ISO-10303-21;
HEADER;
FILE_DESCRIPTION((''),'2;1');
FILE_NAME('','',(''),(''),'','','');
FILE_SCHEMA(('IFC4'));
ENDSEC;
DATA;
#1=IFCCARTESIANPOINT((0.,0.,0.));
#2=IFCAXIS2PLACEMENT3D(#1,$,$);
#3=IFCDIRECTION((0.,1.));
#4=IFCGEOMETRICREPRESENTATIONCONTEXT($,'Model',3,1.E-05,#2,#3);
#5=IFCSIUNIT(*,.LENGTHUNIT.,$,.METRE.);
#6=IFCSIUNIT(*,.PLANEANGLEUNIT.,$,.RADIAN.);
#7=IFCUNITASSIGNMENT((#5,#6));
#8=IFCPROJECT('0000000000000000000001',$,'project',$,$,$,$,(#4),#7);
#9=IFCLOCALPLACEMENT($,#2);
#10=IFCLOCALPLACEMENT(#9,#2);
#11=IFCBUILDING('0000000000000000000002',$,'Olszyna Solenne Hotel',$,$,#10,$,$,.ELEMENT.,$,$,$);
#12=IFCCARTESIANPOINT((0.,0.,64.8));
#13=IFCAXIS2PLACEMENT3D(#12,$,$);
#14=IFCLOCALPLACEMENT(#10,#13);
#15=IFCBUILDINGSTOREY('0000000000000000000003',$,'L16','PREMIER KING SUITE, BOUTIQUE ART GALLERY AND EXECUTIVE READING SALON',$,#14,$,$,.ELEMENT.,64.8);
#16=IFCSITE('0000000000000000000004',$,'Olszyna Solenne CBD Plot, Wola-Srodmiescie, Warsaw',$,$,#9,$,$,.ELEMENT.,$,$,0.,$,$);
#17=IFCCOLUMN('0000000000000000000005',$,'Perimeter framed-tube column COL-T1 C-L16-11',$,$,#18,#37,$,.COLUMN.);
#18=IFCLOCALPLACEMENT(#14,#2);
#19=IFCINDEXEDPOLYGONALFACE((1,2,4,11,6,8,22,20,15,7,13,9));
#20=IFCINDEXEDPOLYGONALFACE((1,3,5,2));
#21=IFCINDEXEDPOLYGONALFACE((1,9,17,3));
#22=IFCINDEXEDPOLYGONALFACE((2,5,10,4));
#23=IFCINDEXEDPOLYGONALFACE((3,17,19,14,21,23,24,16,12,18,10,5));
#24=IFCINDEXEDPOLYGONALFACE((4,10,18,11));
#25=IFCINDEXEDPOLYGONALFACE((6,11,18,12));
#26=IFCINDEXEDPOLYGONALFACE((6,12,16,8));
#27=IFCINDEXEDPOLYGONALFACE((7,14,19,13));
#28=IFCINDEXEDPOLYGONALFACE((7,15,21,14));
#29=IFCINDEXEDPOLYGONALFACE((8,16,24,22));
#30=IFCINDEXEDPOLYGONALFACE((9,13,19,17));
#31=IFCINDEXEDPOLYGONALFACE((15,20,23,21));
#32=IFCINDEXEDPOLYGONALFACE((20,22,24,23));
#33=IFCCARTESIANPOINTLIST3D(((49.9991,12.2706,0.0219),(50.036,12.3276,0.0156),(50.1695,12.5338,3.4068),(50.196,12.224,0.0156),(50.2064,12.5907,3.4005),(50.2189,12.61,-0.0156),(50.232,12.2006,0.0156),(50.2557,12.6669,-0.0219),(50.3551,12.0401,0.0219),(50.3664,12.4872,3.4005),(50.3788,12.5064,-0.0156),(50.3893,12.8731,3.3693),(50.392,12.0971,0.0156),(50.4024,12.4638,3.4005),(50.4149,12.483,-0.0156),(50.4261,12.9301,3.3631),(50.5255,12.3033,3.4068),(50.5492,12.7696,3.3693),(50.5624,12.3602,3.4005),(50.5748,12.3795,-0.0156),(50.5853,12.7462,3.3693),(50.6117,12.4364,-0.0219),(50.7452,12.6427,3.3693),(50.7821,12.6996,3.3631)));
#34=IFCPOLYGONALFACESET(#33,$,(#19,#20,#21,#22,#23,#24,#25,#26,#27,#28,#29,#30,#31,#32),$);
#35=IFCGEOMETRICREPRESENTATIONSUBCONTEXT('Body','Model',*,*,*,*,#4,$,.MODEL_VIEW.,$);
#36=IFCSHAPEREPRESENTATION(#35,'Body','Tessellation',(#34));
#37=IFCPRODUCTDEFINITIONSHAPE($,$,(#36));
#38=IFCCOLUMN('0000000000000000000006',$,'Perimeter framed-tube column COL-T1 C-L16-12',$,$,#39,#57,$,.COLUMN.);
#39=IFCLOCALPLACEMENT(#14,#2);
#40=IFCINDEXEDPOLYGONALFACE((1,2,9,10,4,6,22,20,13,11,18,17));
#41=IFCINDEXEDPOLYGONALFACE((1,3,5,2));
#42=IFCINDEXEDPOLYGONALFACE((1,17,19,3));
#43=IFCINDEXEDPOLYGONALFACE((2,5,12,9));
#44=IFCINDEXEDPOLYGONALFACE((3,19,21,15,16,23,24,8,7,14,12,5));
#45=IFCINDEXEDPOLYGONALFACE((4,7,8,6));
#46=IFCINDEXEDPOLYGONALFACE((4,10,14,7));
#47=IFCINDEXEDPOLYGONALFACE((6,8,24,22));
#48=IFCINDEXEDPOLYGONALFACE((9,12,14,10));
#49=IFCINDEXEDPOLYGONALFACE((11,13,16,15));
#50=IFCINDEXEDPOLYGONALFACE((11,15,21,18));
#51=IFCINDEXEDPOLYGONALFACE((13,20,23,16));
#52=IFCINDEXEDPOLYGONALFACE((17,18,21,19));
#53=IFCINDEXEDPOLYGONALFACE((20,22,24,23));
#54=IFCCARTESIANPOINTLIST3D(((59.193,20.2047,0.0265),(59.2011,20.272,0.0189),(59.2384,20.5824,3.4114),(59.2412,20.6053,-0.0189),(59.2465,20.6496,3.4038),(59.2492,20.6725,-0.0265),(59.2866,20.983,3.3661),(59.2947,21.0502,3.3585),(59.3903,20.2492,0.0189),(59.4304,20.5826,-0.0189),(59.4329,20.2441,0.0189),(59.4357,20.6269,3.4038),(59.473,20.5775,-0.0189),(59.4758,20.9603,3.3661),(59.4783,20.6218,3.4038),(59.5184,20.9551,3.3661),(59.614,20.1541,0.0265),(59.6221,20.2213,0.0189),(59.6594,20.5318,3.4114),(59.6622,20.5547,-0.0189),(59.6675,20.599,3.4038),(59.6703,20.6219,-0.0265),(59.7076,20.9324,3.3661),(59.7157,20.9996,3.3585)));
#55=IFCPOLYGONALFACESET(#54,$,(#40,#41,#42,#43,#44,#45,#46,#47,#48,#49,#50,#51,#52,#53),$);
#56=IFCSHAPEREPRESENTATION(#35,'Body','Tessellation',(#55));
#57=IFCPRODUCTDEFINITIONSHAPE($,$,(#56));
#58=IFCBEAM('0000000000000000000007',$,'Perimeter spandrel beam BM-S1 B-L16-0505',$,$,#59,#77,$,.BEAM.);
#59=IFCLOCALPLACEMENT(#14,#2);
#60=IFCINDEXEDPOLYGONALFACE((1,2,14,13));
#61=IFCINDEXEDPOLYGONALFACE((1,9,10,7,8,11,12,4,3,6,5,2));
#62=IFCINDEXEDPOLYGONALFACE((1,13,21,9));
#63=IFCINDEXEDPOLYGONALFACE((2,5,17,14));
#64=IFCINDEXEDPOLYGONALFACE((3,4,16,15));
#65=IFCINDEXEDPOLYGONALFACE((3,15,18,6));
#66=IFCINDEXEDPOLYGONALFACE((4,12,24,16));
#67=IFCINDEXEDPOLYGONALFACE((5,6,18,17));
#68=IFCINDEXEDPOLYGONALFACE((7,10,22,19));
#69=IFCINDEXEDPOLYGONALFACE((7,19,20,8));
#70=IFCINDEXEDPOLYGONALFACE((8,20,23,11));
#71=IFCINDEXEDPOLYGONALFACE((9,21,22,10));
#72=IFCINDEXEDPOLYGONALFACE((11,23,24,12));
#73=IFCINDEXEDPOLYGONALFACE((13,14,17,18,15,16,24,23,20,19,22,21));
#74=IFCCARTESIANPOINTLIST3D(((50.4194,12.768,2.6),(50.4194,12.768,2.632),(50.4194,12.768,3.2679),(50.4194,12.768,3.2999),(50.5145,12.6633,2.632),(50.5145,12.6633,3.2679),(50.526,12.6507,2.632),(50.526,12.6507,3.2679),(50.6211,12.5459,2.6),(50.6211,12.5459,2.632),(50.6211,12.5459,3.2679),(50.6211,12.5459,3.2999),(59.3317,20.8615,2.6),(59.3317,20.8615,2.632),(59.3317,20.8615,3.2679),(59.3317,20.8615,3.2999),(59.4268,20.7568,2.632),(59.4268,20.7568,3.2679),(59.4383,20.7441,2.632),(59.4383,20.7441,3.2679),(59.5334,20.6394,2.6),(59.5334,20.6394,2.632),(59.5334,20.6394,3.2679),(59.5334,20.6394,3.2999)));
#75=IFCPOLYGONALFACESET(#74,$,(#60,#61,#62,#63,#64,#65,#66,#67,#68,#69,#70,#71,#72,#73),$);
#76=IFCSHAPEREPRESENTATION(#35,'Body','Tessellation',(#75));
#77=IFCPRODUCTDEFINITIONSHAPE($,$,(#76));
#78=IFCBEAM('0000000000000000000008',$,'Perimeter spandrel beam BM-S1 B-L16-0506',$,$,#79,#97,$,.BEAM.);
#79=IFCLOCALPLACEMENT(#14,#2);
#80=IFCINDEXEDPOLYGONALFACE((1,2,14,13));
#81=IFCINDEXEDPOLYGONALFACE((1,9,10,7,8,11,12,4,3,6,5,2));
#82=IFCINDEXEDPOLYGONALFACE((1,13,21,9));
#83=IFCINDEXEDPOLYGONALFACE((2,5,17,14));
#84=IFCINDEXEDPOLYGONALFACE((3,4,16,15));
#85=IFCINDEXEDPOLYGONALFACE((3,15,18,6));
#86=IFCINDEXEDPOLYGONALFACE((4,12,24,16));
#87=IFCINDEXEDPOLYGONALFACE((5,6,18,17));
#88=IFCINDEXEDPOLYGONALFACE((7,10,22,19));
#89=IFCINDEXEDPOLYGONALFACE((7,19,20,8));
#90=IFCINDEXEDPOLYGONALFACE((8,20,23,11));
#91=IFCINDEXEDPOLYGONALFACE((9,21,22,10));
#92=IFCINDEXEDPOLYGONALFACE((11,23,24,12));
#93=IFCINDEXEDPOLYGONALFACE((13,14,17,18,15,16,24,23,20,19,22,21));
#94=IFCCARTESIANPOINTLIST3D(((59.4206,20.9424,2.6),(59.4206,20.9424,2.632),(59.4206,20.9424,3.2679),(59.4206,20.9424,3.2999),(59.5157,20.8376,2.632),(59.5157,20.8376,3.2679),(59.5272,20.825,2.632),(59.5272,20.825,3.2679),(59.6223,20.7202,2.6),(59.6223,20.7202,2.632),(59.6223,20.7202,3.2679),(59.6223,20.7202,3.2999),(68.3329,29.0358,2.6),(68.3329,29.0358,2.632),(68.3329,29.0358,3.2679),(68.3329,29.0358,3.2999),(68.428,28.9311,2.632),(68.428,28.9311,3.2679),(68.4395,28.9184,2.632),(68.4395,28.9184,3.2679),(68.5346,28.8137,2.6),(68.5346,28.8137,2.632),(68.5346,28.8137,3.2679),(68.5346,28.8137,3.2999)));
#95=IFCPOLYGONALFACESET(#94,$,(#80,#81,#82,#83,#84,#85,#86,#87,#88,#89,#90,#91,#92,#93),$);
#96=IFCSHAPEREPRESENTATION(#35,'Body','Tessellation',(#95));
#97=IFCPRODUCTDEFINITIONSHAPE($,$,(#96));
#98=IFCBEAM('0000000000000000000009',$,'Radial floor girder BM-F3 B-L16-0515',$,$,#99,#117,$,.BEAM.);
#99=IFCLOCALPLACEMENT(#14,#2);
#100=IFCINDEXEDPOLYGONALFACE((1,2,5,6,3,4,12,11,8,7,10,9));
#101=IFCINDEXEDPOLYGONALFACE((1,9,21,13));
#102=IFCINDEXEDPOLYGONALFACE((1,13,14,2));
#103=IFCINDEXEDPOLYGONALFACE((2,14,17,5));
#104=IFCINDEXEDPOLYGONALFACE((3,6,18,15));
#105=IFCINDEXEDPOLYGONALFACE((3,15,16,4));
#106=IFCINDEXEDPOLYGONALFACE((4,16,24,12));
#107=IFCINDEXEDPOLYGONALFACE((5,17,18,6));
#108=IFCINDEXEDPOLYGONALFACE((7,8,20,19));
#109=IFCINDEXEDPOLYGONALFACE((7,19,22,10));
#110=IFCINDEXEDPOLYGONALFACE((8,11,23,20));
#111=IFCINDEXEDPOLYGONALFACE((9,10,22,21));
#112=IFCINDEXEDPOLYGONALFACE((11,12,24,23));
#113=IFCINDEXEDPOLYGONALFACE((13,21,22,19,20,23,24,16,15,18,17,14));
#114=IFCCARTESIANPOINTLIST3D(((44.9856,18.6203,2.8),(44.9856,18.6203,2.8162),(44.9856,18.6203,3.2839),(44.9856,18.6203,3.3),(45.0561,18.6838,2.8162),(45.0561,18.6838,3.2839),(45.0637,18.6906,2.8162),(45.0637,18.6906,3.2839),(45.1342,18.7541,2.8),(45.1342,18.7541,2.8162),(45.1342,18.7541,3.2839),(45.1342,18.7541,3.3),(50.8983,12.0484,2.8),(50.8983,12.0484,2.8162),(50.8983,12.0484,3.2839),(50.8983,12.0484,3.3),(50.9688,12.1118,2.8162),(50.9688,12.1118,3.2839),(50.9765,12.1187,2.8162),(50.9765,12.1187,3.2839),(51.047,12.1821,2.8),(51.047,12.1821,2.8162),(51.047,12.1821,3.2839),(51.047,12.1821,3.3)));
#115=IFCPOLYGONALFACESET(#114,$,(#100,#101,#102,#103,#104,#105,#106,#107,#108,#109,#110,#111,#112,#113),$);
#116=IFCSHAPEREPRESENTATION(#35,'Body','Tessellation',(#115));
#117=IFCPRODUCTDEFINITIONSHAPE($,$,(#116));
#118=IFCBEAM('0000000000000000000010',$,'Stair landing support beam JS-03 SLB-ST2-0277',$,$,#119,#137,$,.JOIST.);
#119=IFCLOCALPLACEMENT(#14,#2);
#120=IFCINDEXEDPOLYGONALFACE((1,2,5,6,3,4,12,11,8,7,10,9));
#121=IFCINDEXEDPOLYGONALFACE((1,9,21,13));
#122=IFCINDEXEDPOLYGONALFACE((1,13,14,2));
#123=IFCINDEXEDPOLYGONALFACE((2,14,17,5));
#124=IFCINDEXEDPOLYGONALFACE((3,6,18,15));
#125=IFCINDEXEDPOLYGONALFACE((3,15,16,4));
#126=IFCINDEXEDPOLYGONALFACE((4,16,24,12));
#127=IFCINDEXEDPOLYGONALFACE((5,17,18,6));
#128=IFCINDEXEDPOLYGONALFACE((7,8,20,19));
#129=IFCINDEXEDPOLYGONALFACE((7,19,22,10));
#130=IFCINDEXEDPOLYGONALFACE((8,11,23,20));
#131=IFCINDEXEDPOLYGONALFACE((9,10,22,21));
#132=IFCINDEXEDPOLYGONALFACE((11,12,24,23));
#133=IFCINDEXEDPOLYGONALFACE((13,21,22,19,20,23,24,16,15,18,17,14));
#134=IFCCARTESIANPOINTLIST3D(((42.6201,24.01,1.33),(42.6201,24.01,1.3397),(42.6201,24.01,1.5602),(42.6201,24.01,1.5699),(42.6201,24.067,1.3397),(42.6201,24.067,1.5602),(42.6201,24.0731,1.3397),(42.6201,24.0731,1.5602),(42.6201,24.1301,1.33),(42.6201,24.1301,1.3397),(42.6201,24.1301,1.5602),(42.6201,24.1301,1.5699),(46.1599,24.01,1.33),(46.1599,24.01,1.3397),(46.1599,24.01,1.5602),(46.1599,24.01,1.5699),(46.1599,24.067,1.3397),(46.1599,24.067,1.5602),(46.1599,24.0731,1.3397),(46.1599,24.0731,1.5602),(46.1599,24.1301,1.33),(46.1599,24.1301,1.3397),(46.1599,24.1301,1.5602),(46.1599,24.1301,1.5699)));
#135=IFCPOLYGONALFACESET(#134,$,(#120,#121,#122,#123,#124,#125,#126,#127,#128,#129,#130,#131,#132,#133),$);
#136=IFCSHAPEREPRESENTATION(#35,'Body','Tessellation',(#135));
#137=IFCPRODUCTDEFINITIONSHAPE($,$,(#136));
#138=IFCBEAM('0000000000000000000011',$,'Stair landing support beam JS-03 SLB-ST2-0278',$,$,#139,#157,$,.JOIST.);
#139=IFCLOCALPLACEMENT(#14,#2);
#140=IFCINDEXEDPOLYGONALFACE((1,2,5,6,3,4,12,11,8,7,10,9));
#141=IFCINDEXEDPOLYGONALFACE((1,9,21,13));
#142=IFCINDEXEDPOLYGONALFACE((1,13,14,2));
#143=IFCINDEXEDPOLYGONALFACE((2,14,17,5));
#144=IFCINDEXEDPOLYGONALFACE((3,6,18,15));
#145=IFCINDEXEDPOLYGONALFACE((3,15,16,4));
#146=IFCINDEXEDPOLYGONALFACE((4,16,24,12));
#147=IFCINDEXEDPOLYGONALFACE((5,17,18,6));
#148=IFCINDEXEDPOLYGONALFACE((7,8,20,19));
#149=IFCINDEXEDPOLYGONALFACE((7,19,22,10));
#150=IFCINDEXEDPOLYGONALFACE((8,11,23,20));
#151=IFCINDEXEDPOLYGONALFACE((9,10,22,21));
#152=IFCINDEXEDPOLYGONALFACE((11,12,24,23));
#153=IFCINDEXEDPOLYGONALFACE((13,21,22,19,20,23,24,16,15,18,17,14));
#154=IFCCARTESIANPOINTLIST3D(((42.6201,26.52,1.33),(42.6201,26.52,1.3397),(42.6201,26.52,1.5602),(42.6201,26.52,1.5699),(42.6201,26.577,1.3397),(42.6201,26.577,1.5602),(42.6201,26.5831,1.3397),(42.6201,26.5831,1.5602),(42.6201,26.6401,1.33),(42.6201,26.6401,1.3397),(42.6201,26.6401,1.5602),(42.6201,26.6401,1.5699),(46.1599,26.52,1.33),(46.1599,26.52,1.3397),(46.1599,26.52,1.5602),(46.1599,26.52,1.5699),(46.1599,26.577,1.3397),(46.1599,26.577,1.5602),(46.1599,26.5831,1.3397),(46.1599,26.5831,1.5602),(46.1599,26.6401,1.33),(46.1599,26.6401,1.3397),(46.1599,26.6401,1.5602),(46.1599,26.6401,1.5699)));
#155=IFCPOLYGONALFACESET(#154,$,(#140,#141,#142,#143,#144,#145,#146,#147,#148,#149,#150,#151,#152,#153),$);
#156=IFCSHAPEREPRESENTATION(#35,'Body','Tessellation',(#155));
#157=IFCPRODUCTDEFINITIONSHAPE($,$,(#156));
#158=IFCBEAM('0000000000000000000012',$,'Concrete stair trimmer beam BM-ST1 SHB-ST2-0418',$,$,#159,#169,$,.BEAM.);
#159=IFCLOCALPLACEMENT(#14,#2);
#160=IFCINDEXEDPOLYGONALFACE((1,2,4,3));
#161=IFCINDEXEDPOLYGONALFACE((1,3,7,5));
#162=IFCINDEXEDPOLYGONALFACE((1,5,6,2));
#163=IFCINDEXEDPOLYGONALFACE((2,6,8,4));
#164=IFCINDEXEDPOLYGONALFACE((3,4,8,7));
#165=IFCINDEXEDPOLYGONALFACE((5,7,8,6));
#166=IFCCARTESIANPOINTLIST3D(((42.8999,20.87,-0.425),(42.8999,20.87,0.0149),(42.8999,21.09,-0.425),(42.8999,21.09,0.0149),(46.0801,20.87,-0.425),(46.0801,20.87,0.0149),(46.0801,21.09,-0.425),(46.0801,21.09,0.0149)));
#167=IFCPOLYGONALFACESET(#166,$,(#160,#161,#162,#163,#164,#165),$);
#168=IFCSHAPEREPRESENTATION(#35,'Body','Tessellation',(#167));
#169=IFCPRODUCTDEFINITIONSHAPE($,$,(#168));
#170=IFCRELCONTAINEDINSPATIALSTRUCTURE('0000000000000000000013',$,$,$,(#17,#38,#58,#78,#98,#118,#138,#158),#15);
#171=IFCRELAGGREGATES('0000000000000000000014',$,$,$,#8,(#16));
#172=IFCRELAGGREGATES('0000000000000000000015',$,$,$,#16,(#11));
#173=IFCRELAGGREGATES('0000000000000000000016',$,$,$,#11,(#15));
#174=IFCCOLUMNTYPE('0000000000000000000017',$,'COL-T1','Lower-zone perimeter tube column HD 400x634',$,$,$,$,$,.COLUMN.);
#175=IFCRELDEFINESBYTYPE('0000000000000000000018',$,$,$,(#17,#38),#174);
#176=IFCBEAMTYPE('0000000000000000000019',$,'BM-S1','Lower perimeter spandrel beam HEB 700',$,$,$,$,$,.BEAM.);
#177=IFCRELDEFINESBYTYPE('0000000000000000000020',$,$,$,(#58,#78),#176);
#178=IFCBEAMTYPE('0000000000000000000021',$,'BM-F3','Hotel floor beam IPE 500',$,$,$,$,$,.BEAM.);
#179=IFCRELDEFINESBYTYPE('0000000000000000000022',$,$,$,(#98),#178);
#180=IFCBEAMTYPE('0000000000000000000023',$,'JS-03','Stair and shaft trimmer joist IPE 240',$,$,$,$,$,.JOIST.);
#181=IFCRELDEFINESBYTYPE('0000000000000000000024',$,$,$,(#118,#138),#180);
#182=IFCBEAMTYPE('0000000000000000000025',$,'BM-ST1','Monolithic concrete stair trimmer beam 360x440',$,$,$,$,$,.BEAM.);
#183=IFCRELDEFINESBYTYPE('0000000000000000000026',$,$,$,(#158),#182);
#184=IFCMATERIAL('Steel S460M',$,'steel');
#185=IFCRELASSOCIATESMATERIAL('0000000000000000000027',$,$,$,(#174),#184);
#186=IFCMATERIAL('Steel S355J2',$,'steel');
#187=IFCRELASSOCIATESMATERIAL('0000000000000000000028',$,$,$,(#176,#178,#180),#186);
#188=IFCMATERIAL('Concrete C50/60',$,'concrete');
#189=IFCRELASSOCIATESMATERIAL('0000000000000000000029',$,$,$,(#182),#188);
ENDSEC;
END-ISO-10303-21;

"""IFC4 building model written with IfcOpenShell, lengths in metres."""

from ifc_helpers import new_model, si_unit, direction, frame, origin, origin_2d, place, context, subcontext, project, spatial, rectangle, i_section, extrude, source, transform, mapped, material, material_profile, profile_set, type_object, element, save


model = new_model("IFC4")

# Units and contexts
model_context = context("Model", 3, precision=1e-05, world=origin(), true_north=direction((0.0, 1.0)))
body_context = subcontext(model_context, "Body", "Model", "MODEL_VIEW")
ifc_project = project(units=[si_unit("LENGTHUNIT", "METRE"), si_unit("PLANEANGLEUNIT", "RADIAN")], contexts=[model_context])

# Site, building, storey
site_placement = place(None, origin())
site = spatial("IfcSite", under=ifc_project, at=site_placement, Name="Olszyna Solenne CBD Plot, Wola-Srodmiescie, Warsaw", CompositionType="ELEMENT", RefElevation=0.0)
building_placement = place(site_placement, origin())
building = spatial("IfcBuilding", under=site, at=building_placement, Name="Olszyna Solenne Hotel", CompositionType="ELEMENT")
storey_placement = place(building_placement, frame((0.0, 0.0, 64.8)))
storey = spatial("IfcBuildingStorey", under=building, at=storey_placement, Name="L16", Description="PREMIER KING SUITE, BOUTIQUE ART GALLERY AND EXECUTIVE READING SALON", CompositionType="ELEMENT", Elevation=64.8)

# Columns
ifc_material_1 = material(Name="Steel S460M", Category="steel")
ifc_material_profile_1 = material_profile(ifc_material_1, i_section(OverallWidth=0.4241, OverallDepth=0.4741, WebThickness=0.043, FlangeThickness=0.0681, at=origin_2d()), Name="HD 400x634", Category="load-bearing")
ifc_profile_set_1 = profile_set([ifc_material_profile_1], Name="Steel S460M")
column_type = type_object("IfcColumnType", Name="COL-T1", Description="Lower-zone perimeter tube column HD 400x634", PredefinedType="COLUMN", material=ifc_profile_set_1)
shared_shape_1 = source(origin(), body_context, "Body", "SweptSolid", [
    extrude(i_section(OverallWidth=0.4241, OverallDepth=0.4741, WebThickness=0.043, FlangeThickness=0.0681, at=origin_2d()), origin(), (0.0, 0.0, 1.0), 3.3994),
])
column_1_placement = place(storey_placement, frame((50.3054, 12.3535, 0.0), z_axis=(0.050128, 0.077418, 0.995738), x_axis=(-0.839403, 0.54351, 0.0)))
element("IfcColumn", 1, at=column_1_placement, inside=storey, type_object=column_type, Name="Perimeter framed-tube column COL-T1 C-L16-11", PredefinedType="COLUMN", context=body_context, shape_type="MappedRepresentation", body=[
    mapped(shared_shape_1, transform((0.0, 0.0, 0.0), x_axis=(1.0, 0.0, 0.0), y_axis=(0.0, 1.0, 0.0), z_axis=(0.0, 0.0, 1.0), scale=1.0)),
])
shared_shape_2 = source(origin(), body_context, "Body", "SweptSolid", [
    extrude(i_section(OverallWidth=0.4241, OverallDepth=0.4741, WebThickness=0.043, FlangeThickness=0.0681, at=origin_2d()), origin(), (0.0, 0.0, 1.0), 3.4062),
])
column_2_placement = place(storey_placement, frame((59.4316, 20.4133, 0.0), z_axis=(0.013331, 0.110878, 0.993745), x_axis=(-0.992849, 0.119373, 0.0)))
element("IfcColumn", 2, at=column_2_placement, inside=storey, type_object=column_type, Name="Perimeter framed-tube column COL-T1 C-L16-12", PredefinedType="COLUMN", context=body_context, shape_type="MappedRepresentation", body=[
    mapped(shared_shape_2, transform((0.0, 0.0, 0.0), x_axis=(1.0, 0.0, 0.0), y_axis=(0.0, 1.0, 0.0), z_axis=(0.0, 0.0, 1.0), scale=1.0)),
])

# Beams
ifc_material_2 = material(Name="Steel S355J2", Category="steel")
ifc_material_profile_2 = material_profile(ifc_material_2, i_section(OverallWidth=0.3, OverallDepth=0.7, WebThickness=0.0171, FlangeThickness=0.032, at=origin_2d()), Name="HEB 700", Category="load-bearing")
ifc_profile_set_2 = profile_set([ifc_material_profile_2], Name="Steel S355J2")
beam_type_1 = type_object("IfcBeamType", Name="BM-S1", Description="Lower perimeter spandrel beam HEB 700", PredefinedType="BEAM", material=ifc_profile_set_2)
shared_shape_3 = source(origin(), body_context, "Body", "SweptSolid", [
    extrude(i_section(OverallWidth=0.3, OverallDepth=0.7, WebThickness=0.0171, FlangeThickness=0.032, at=origin_2d()), origin(), (0.0, 0.0, 1.0), 12.0388),
])
for number, where, z_axis, x_axis, name in (
    (3, (50.5203, 12.657, 2.95), (0.740297, 0.67228, 0.0), (-0.67228, 0.740297, 0.0), "Perimeter spandrel beam BM-S1 B-L16-0505"),
    (4, (59.5215, 20.8313, 2.95), (0.740297, 0.67228, 0.0), (-0.67228, 0.740297, 0.0), "Perimeter spandrel beam BM-S1 B-L16-0506"),
):
    element("IfcBeam", number, at=place(storey_placement, frame(where, z_axis=z_axis, x_axis=x_axis)), inside=storey, type_object=beam_type_1, Name=name, PredefinedType="BEAM", context=body_context, shape_type="MappedRepresentation", body=[
        mapped(shared_shape_3, transform((0.0, 0.0, 0.0), x_axis=(1.0, 0.0, 0.0), y_axis=(0.0, 1.0, 0.0), z_axis=(0.0, 0.0, 1.0), scale=1.0)),
    ])
ifc_material_profile_3 = material_profile(ifc_material_2, i_section(OverallWidth=0.2, OverallDepth=0.5, WebThickness=0.0103, FlangeThickness=0.0161, at=origin_2d()), Name="IPE 500", Category="load-bearing")
ifc_profile_set_3 = profile_set([ifc_material_profile_3], Name="Steel S355J2")
beam_type_2 = type_object("IfcBeamType", Name="BM-F3", Description="Hotel floor beam IPE 500", PredefinedType="BEAM", material=ifc_profile_set_3)
shared_shape_4 = source(origin(), body_context, "Body", "SweptSolid", [
    extrude(i_section(OverallWidth=0.2, OverallDepth=0.5, WebThickness=0.0103, FlangeThickness=0.0161, at=origin_2d()), origin(), (0.0, 0.0, 1.0), 8.8403),
])
beam_1_placement = place(storey_placement, frame((50.9727, 12.1152, 3.05), z_axis=(-0.668841, 0.743405, 0.0), x_axis=(-0.743405, -0.668841, 0.0)))
element("IfcBeam", 5, at=beam_1_placement, inside=storey, type_object=beam_type_2, Name="Radial floor girder BM-F3 B-L16-0515", PredefinedType="BEAM", context=body_context, shape_type="MappedRepresentation", body=[
    mapped(shared_shape_4, transform((0.0, 0.0, 0.0), x_axis=(1.0, 0.0, 0.0), y_axis=(0.0, 1.0, 0.0), z_axis=(0.0, 0.0, 1.0), scale=1.0)),
])
ifc_material_profile_4 = material_profile(ifc_material_2, i_section(OverallWidth=0.1201, OverallDepth=0.24, WebThickness=0.0061, FlangeThickness=0.0098, at=origin_2d()), Name="IPE 240", Category="load-bearing")
ifc_profile_set_4 = profile_set([ifc_material_profile_4], Name="Steel S355J2")
beam_type_3 = type_object("IfcBeamType", Name="JS-03", Description="Stair and shaft trimmer joist IPE 240", PredefinedType="JOIST", material=ifc_profile_set_4)
shared_shape_5 = source(origin(), body_context, "Body", "SweptSolid", [
    extrude(i_section(OverallWidth=0.1201, OverallDepth=0.24, WebThickness=0.0061, FlangeThickness=0.0098, at=origin_2d()), origin(), (0.0, 0.0, 1.0), 3.5398),
])
for number, where, z_axis, x_axis, name in (
    (6, (46.1599, 24.0701, 1.45), (-1.0, 0.0, 0.0), (0.0, -1.0, 0.0), "Stair landing support beam JS-03 SLB-ST2-0277"),
    (7, (46.1599, 26.5801, 1.45), (-1.0, 0.0, 0.0), (0.0, -1.0, 0.0), "Stair landing support beam JS-03 SLB-ST2-0278"),
):
    element("IfcBeam", number, at=place(storey_placement, frame(where, z_axis=z_axis, x_axis=x_axis)), inside=storey, type_object=beam_type_3, Name=name, PredefinedType="JOIST", context=body_context, shape_type="MappedRepresentation", body=[
        mapped(shared_shape_5, transform((0.0, 0.0, 0.0), x_axis=(1.0, 0.0, 0.0), y_axis=(0.0, 1.0, 0.0), z_axis=(0.0, 0.0, 1.0), scale=1.0)),
    ])
ifc_material_3 = material(Name="Concrete C50/60", Category="concrete")
ifc_material_profile_5 = material_profile(ifc_material_3, rectangle(XDim=0.22, YDim=0.4399, at=origin_2d()), Name="RC 220x440", Category="load-bearing")
ifc_profile_set_5 = profile_set([ifc_material_profile_5], Name="Concrete C50/60")
beam_type_4 = type_object("IfcBeamType", Name="BM-ST1", Description="Monolithic concrete stair trimmer beam 360x440", PredefinedType="BEAM", material=ifc_profile_set_5)
shared_shape_6 = source(origin(), body_context, "Body", "SweptSolid", [
    extrude(rectangle(XDim=0.22, YDim=0.4399, at=origin_2d()), origin(), (0.0, 0.0, 1.0), 3.1802),
])
beam_2_placement = place(storey_placement, frame((46.0801, 20.98, -0.2051), z_axis=(-1.0, 0.0, 0.0), x_axis=(0.0, -1.0, 0.0)))
element("IfcBeam", 8, at=beam_2_placement, inside=storey, type_object=beam_type_4, Name="Concrete stair trimmer beam BM-ST1 SHB-ST2-0418", PredefinedType="BEAM", context=body_context, shape_type="MappedRepresentation", body=[
    mapped(shared_shape_6, transform((0.0, 0.0, 0.0), x_axis=(1.0, 0.0, 0.0), y_axis=(0.0, 1.0, 0.0), z_axis=(0.0, 0.0, 1.0), scale=1.0)),
])

save(model, "model.ifc")
